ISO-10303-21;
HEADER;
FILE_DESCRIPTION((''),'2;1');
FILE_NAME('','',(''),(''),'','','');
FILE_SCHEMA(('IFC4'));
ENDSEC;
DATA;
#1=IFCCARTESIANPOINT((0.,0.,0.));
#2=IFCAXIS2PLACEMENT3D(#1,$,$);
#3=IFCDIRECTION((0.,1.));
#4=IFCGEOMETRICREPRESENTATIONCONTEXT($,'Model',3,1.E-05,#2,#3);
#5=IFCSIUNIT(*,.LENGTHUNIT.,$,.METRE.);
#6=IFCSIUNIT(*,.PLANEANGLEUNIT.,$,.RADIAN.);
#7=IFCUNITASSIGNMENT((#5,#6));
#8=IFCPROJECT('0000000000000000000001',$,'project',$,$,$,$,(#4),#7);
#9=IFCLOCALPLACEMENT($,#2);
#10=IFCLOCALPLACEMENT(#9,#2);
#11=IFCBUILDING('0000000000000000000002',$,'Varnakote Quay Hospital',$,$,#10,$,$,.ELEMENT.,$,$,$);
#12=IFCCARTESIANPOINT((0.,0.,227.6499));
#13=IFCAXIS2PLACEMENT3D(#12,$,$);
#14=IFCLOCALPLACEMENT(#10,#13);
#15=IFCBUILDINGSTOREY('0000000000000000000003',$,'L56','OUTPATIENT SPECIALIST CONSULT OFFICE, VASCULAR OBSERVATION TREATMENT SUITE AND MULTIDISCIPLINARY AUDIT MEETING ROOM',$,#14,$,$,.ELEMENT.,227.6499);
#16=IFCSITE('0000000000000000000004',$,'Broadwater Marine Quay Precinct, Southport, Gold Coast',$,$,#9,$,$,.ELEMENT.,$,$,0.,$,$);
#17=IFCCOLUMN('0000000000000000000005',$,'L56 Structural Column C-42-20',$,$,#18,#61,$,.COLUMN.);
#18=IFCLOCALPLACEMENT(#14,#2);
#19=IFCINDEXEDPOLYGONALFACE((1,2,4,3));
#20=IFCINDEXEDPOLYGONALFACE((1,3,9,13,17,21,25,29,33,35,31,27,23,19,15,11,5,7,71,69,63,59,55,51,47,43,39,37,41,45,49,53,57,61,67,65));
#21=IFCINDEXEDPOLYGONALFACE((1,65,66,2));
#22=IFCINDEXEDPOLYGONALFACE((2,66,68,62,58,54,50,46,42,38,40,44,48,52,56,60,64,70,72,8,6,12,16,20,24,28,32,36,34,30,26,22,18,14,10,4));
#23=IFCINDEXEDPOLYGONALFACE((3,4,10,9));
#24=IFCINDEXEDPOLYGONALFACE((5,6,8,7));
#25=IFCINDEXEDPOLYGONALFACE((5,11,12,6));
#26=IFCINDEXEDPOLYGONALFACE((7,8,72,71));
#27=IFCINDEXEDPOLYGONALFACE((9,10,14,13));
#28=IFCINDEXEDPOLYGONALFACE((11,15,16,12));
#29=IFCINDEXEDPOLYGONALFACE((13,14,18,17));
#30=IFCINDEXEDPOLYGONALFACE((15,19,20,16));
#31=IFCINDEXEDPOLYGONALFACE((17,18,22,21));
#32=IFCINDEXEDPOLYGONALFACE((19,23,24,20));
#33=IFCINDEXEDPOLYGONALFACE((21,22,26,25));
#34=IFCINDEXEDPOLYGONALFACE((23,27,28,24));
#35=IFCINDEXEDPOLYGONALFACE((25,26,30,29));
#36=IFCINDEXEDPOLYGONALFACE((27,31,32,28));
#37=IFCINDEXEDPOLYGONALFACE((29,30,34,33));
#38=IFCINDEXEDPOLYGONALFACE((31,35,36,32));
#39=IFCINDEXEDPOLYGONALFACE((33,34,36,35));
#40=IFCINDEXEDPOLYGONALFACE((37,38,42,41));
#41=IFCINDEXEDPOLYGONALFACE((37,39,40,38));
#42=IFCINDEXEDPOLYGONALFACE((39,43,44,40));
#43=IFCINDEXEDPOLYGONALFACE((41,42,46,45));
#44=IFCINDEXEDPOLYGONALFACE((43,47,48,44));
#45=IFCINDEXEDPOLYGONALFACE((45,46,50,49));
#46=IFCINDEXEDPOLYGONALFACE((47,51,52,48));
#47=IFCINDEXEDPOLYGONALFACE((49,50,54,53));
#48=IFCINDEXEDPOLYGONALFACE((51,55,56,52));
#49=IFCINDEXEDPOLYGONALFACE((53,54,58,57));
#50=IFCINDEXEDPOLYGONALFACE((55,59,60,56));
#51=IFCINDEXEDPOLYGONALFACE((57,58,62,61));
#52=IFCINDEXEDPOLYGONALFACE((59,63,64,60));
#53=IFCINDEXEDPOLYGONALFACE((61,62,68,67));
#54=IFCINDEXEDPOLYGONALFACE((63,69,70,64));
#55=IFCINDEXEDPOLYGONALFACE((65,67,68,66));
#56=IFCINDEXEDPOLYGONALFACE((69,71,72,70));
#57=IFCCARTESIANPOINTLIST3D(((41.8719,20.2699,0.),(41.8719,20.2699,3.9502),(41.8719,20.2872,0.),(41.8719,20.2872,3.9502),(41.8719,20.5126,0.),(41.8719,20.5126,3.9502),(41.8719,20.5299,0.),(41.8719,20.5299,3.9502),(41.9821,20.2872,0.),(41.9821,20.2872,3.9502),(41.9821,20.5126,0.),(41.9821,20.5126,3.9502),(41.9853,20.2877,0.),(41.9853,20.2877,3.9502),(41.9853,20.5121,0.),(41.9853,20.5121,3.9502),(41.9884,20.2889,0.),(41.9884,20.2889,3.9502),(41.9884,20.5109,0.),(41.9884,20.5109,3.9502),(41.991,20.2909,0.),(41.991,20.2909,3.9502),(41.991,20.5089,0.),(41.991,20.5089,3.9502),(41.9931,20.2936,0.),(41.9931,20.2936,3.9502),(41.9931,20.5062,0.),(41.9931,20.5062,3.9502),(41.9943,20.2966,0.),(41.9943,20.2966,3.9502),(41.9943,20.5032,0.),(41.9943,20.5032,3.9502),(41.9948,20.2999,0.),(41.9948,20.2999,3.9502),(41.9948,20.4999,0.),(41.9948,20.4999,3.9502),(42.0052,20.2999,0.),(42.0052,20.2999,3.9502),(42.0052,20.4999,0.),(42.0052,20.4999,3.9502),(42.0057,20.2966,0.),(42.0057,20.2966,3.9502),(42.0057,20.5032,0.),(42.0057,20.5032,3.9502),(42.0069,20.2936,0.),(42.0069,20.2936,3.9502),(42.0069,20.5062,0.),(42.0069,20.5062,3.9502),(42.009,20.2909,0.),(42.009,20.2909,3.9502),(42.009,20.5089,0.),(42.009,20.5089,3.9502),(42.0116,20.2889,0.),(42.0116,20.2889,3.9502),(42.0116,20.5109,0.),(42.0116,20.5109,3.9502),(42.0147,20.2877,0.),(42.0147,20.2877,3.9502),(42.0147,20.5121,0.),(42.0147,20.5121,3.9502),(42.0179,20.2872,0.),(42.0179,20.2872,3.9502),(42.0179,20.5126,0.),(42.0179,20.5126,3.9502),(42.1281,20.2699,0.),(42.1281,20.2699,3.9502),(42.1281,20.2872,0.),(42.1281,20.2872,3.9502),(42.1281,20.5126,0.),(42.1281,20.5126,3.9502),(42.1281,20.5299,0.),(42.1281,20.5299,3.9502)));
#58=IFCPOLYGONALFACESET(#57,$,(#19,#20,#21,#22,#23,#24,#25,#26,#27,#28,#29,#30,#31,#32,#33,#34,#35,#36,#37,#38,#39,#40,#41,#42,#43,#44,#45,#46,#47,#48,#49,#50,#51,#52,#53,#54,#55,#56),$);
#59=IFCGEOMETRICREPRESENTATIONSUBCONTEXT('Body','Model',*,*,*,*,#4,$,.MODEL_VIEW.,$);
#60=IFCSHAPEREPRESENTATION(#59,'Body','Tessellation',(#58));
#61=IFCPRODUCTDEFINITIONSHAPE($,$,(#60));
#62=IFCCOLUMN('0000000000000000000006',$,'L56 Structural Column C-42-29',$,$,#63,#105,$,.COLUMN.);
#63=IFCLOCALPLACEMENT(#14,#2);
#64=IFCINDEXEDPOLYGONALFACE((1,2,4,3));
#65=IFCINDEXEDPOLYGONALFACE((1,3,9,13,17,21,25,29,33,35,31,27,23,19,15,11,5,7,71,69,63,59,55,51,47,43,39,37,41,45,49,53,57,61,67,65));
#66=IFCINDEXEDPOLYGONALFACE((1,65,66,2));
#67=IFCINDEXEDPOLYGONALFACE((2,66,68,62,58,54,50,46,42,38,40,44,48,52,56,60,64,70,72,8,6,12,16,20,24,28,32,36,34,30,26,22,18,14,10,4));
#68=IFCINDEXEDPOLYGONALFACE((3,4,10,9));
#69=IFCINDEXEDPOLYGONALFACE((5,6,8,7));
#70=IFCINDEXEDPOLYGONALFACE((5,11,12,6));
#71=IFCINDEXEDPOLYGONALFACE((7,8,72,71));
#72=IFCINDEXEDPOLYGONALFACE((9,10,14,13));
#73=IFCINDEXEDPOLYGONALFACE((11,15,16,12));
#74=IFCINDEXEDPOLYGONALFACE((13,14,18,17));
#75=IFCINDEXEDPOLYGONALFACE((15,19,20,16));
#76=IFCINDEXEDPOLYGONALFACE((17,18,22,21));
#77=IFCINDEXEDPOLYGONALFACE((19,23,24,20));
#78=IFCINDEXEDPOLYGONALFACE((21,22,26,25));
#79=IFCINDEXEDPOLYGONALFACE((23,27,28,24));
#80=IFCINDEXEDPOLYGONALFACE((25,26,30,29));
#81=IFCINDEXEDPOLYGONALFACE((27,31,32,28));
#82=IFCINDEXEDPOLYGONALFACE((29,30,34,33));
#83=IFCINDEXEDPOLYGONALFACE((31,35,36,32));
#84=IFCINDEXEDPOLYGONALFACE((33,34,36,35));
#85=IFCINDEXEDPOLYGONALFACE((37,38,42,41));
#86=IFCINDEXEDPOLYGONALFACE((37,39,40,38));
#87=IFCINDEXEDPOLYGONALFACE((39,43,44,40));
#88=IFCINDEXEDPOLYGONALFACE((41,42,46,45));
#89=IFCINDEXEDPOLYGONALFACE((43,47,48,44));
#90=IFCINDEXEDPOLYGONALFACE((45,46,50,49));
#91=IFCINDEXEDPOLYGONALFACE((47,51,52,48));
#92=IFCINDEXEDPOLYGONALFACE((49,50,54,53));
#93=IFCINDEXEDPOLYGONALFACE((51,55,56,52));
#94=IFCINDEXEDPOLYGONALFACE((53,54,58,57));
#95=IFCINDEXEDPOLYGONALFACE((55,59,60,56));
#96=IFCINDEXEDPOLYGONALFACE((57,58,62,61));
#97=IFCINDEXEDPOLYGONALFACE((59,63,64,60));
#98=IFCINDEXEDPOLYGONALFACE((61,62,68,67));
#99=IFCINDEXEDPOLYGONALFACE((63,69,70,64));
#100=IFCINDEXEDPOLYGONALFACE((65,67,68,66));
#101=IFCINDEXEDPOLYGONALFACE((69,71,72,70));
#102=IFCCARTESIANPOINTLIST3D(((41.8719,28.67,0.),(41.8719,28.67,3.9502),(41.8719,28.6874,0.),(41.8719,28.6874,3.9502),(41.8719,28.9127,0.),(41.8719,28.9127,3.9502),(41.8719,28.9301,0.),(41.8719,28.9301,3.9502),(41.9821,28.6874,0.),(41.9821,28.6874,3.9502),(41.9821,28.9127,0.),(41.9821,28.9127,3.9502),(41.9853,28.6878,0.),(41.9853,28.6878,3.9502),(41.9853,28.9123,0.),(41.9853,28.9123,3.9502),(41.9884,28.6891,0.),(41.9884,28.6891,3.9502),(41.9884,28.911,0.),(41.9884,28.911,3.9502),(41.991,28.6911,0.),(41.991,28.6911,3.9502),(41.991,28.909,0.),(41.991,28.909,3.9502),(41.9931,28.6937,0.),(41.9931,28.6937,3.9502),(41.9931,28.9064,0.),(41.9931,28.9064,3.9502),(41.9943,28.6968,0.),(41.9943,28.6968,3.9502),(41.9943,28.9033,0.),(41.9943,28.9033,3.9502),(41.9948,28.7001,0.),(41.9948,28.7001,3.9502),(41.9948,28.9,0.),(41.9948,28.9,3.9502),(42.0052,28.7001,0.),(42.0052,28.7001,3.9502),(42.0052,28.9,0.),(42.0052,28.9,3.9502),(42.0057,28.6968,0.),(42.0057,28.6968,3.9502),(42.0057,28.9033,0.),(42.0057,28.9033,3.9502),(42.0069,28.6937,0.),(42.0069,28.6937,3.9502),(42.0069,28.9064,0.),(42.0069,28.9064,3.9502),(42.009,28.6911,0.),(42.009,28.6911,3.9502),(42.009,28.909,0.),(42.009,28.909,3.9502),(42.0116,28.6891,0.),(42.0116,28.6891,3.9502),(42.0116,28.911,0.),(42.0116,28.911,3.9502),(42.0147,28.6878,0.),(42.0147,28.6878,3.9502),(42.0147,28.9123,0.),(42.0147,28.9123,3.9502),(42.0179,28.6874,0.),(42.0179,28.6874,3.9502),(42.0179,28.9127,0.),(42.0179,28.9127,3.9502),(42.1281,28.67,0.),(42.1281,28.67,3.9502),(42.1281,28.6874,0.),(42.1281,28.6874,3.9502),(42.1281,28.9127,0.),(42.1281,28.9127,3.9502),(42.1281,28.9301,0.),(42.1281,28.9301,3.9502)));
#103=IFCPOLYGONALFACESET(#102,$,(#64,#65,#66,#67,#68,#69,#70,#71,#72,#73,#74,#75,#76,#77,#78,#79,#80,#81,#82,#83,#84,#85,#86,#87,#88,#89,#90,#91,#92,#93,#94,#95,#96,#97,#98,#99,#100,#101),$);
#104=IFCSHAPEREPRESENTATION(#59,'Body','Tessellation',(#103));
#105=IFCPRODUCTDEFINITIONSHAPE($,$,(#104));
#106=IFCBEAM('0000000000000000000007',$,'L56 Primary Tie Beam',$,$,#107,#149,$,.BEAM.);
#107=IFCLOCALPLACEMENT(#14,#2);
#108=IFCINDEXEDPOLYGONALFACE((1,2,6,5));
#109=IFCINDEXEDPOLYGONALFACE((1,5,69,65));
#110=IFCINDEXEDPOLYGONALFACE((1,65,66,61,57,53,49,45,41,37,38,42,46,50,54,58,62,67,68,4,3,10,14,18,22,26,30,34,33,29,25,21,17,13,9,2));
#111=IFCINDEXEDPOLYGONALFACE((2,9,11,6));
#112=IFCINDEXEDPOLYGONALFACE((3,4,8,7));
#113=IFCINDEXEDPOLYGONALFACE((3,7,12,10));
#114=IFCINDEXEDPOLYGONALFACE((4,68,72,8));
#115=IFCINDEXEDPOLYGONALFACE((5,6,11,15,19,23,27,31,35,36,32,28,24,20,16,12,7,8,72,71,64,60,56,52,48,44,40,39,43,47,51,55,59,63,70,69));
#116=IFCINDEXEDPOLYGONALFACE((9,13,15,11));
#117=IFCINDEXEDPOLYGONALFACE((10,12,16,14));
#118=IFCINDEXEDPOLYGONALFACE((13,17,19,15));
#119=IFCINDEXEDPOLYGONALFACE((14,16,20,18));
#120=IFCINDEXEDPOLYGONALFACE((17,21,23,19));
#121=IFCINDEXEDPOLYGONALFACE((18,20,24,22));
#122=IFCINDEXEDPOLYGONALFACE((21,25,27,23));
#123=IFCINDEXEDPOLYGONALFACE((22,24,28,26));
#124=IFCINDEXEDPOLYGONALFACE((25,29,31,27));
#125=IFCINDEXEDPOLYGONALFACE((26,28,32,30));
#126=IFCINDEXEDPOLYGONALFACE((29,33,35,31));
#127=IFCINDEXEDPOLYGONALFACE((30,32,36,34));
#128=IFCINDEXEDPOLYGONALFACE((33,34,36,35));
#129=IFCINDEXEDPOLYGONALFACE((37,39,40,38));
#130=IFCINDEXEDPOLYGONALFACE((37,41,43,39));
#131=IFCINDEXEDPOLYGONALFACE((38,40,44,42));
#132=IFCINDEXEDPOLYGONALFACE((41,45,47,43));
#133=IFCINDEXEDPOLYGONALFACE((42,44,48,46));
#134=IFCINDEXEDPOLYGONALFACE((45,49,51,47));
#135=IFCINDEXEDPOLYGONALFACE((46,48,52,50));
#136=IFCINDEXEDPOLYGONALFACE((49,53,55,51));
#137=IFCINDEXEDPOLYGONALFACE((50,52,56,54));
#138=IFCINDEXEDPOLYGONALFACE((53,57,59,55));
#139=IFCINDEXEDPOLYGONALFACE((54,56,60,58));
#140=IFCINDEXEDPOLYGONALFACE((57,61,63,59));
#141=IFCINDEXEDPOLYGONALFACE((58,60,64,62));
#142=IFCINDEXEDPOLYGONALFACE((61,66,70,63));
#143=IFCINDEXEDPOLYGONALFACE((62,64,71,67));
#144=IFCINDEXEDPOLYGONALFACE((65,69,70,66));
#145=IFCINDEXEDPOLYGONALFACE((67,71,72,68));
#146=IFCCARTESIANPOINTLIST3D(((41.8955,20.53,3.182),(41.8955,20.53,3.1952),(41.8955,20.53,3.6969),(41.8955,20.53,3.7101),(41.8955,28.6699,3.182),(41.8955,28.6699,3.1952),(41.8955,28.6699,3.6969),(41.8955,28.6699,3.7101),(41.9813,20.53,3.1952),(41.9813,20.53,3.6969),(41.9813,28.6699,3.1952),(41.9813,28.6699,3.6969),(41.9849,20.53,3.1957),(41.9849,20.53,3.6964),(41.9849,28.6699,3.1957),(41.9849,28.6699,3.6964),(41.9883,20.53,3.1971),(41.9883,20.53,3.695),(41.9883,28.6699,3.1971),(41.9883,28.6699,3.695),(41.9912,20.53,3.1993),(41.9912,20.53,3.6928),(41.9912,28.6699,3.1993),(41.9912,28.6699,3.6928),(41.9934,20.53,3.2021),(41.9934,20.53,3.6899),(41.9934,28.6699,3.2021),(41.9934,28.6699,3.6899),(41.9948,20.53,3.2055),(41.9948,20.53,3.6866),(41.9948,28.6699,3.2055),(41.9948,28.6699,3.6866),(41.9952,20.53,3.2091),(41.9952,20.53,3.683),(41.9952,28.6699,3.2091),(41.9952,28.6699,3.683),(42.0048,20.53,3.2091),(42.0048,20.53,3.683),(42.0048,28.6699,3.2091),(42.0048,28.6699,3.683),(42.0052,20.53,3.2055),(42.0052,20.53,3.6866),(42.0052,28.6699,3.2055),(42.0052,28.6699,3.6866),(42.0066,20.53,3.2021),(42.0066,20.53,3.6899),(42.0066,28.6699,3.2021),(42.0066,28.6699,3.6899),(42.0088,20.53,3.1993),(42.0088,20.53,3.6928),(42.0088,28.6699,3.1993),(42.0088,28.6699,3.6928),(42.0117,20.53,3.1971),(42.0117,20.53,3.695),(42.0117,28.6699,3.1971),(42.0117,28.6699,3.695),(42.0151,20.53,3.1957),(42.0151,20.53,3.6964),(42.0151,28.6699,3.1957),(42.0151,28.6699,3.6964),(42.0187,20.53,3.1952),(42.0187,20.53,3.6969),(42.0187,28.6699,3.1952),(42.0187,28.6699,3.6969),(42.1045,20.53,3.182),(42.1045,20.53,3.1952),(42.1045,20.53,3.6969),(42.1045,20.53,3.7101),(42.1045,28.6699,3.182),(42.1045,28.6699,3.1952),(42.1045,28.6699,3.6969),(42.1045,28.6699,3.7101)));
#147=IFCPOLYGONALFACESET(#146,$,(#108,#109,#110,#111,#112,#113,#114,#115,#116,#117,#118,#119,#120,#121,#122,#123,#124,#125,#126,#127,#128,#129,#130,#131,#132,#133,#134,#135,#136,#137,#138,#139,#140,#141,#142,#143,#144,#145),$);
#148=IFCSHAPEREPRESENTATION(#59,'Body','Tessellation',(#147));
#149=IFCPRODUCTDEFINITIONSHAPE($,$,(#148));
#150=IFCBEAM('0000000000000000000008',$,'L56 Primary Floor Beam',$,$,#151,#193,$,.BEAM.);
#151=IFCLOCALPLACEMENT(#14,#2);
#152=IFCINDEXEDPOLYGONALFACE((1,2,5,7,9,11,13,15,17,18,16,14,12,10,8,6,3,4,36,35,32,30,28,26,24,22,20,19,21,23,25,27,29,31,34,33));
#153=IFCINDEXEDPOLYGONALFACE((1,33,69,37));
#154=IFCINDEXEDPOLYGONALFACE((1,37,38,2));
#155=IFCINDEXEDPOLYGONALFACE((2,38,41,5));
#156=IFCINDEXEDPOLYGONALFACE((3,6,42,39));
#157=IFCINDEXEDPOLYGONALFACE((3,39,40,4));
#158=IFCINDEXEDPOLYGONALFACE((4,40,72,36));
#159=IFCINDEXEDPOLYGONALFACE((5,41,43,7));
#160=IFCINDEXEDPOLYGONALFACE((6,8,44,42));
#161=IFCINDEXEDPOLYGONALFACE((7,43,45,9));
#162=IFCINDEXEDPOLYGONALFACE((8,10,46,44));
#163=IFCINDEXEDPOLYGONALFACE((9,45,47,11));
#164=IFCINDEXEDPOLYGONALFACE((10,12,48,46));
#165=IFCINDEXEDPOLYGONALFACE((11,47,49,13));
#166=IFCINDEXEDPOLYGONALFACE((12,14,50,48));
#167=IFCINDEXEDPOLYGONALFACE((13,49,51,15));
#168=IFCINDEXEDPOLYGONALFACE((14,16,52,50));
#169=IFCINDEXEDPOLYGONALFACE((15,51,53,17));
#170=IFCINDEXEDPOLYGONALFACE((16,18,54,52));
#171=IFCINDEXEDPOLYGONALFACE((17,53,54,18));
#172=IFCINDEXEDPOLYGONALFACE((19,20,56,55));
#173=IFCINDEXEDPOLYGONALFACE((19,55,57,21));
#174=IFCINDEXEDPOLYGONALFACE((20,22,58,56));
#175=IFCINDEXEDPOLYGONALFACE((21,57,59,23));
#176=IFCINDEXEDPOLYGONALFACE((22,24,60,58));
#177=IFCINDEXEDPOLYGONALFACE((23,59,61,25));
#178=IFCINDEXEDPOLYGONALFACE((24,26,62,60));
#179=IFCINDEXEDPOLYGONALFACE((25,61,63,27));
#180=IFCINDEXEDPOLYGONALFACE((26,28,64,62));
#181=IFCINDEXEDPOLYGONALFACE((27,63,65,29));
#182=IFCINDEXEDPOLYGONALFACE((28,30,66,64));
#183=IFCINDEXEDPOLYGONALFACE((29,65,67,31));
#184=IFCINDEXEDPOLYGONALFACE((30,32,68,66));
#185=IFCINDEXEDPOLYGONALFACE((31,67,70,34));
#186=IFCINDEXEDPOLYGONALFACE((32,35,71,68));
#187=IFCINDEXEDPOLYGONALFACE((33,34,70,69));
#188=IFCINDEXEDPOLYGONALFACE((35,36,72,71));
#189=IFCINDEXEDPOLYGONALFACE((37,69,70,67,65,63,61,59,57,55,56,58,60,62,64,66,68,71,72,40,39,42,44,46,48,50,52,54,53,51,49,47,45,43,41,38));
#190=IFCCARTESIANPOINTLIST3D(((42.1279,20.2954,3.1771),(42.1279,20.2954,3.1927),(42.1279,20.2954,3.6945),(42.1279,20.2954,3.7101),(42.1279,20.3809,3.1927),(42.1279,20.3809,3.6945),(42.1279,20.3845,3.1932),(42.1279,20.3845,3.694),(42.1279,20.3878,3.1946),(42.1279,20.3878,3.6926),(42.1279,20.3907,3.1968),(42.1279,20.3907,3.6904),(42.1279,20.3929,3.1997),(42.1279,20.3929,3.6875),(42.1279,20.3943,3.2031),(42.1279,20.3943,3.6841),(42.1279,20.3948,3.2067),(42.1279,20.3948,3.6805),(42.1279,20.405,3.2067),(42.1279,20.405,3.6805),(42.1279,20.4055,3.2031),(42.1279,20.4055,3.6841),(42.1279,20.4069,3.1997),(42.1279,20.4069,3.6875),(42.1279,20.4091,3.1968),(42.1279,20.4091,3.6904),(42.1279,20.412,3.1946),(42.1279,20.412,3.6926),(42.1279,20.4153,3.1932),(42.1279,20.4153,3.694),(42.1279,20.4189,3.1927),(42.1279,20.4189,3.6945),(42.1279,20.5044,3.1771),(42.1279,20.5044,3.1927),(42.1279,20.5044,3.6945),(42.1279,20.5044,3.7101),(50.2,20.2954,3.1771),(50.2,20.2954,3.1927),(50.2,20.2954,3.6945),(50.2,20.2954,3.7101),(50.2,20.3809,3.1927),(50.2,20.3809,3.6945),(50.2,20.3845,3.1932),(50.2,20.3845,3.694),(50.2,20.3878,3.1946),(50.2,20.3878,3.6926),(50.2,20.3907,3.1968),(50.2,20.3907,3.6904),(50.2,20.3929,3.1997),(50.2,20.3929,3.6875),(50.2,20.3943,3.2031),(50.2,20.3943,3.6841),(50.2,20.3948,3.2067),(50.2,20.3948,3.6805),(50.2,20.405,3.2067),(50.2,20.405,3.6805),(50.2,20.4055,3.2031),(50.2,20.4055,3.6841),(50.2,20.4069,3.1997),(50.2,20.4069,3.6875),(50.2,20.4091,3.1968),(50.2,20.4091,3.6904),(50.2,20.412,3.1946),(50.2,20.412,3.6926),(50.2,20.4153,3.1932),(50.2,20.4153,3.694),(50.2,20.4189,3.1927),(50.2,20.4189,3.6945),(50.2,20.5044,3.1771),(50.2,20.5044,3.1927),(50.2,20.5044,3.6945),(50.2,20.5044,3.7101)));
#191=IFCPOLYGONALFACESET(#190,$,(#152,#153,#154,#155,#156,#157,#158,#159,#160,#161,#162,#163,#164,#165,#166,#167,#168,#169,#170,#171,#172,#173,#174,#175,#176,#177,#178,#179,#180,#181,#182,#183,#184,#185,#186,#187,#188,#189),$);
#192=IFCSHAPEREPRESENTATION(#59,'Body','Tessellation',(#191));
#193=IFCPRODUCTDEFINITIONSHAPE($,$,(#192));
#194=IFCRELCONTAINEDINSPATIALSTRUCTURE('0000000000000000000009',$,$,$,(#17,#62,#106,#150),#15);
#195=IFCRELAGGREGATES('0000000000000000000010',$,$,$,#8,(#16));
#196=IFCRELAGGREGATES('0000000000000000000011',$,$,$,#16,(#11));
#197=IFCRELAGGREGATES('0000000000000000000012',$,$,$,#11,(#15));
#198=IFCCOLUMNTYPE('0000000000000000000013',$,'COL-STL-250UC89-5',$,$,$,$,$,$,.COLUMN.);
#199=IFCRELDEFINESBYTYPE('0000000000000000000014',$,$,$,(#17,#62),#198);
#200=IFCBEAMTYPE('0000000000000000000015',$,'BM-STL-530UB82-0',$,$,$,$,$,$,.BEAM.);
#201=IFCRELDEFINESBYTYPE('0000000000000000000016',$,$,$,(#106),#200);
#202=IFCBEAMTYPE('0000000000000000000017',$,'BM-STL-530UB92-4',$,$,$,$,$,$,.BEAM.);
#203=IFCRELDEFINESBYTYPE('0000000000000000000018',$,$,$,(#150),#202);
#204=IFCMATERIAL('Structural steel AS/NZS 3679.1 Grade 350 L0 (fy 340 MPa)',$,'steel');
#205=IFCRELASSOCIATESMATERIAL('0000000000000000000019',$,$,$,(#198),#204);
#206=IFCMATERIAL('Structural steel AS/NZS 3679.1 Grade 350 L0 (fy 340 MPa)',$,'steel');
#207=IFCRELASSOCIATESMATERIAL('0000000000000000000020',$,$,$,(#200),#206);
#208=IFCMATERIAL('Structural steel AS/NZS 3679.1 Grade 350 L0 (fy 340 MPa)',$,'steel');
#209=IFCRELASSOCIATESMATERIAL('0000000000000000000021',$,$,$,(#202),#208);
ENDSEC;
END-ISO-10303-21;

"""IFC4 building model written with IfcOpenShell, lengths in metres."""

from ifc_helpers import new_model, si_unit, direction, frame, origin, origin_2d, place, context, subcontext, project, spatial, i_section, extrude, material, material_profile, profile_set, type_object, element, save


model = new_model("IFC4")

# Units and contexts
model_context = context("Model", 3, precision=1e-05, world=origin(), true_north=direction((0.0, 1.0)))
body_context = subcontext(model_context, "Body", "Model", "MODEL_VIEW")
ifc_project = project(units=[si_unit("LENGTHUNIT", "METRE"), si_unit("PLANEANGLEUNIT", "RADIAN")], contexts=[model_context])

# Site, building, storey
site_placement = place(None, origin())
site = spatial("IfcSite", under=ifc_project, at=site_placement, Name="Broadwater Marine Quay Precinct, Southport, Gold Coast", CompositionType="ELEMENT", RefElevation=0.0)
building_placement = place(site_placement, origin())
building = spatial("IfcBuilding", under=site, at=building_placement, Name="Varnakote Quay Hospital", CompositionType="ELEMENT")
storey_placement = place(building_placement, frame((0.0, 0.0, 227.6499)))
storey = spatial("IfcBuildingStorey", under=building, at=storey_placement, Name="L56", Description="OUTPATIENT SPECIALIST CONSULT OFFICE, VASCULAR OBSERVATION TREATMENT SUITE AND MULTIDISCIPLINARY AUDIT MEETING ROOM", CompositionType="ELEMENT", Elevation=227.6499)

# Columns
ifc_material_1 = material(Name="Structural steel AS/NZS 3679.1 Grade 350 L0 (fy 340 MPa)", Category="steel")
ifc_material_profile_1 = material_profile(ifc_material_1, i_section(OverallWidth=0.2561, OverallDepth=0.26, WebThickness=0.0105, FlangeThickness=0.0173, FilletRadius=0.0127, at=origin_2d()), Name="250UC89.5")
ifc_profile_set_1 = profile_set([ifc_material_profile_1], Name="Structural steel AS/NZS 3679.1 Grade 350 L0 (fy 340 MPa)")
column_type = type_object("IfcColumnType", Name="COL-STL-250UC89-5", PredefinedType="COLUMN", material=ifc_profile_set_1)
for number, where, z_axis, x_axis, name in (
    (1, (42.0, 20.3999, 0.0), (0.0, 0.0, 1.0), (1.0, 0.0, 0.0), "L56 Structural Column C-42-20"),
    (2, (42.0, 28.8, 0.0), (0.0, 0.0, 1.0), (1.0, 0.0, 0.0), "L56 Structural Column C-42-29"),
):
    element("IfcColumn", number, at=place(storey_placement, frame(where, z_axis=z_axis, x_axis=x_axis)), inside=storey, type_object=column_type, Name=name, PredefinedType="COLUMN", context=body_context, shape_type="SweptSolid", body=[
        extrude(i_section(OverallWidth=0.2561, OverallDepth=0.26, WebThickness=0.0105, FlangeThickness=0.0173, FilletRadius=0.0127, at=origin_2d()), origin(), (0.0, 0.0, 1.0), 3.9502),
    ])

# Beams
ifc_material_2 = material(Name="Structural steel AS/NZS 3679.1 Grade 350 L0 (fy 340 MPa)", Category="steel")
ifc_material_profile_2 = material_profile(ifc_material_2, i_section(OverallWidth=0.209, OverallDepth=0.5281, WebThickness=0.0095, FlangeThickness=0.0132, FilletRadius=0.0139, at=origin_2d()), Name="530UB82.0")
ifc_profile_set_2 = profile_set([ifc_material_profile_2], Name="Structural steel AS/NZS 3679.1 Grade 350 L0 (fy 340 MPa)")
beam_type_1 = type_object("IfcBeamType", Name="BM-STL-530UB82-0", PredefinedType="BEAM", material=ifc_profile_set_2)
beam_1_placement = place(storey_placement, frame((42.0, 20.53, 3.446), z_axis=(0.0, 1.0, 0.0), x_axis=(-1.0, 0.0, 0.0)))
element("IfcBeam", 3, at=beam_1_placement, inside=storey, type_object=beam_type_1, Name="L56 Primary Tie Beam", PredefinedType="BEAM", context=body_context, shape_type="SweptSolid", body=[
    extrude(i_section(OverallWidth=0.209, OverallDepth=0.5281, WebThickness=0.0095, FlangeThickness=0.0132, FilletRadius=0.0139, at=origin_2d()), origin(), (0.0, 0.0, 1.0), 8.1399),
])
ifc_material_3 = material(Name="Structural steel AS/NZS 3679.1 Grade 350 L0 (fy 340 MPa)", Category="steel")
ifc_material_profile_3 = material_profile(ifc_material_3, i_section(OverallWidth=0.209, OverallDepth=0.533, WebThickness=0.0103, FlangeThickness=0.0156, FilletRadius=0.0139, at=origin_2d()), Name="530UB92.4")
ifc_profile_set_3 = profile_set([ifc_material_profile_3], Name="Structural steel AS/NZS 3679.1 Grade 350 L0 (fy 340 MPa)")
beam_type_2 = type_object("IfcBeamType", Name="BM-STL-530UB92-4", PredefinedType="BEAM", material=ifc_profile_set_3)
beam_2_placement = place(storey_placement, frame((42.1279, 20.3999, 3.4436), z_axis=(1.0, 0.0, 0.0), x_axis=(0.0, 1.0, 0.0)))
element("IfcBeam", 4, at=beam_2_placement, inside=storey, type_object=beam_type_2, Name="L56 Primary Floor Beam", PredefinedType="BEAM", context=body_context, shape_type="SweptSolid", body=[
    extrude(i_section(OverallWidth=0.209, OverallDepth=0.533, WebThickness=0.0103, FlangeThickness=0.0156, FilletRadius=0.0139, at=origin_2d()), origin(), (0.0, 0.0, 1.0), 8.072),
])

save(model, "model.ifc")
